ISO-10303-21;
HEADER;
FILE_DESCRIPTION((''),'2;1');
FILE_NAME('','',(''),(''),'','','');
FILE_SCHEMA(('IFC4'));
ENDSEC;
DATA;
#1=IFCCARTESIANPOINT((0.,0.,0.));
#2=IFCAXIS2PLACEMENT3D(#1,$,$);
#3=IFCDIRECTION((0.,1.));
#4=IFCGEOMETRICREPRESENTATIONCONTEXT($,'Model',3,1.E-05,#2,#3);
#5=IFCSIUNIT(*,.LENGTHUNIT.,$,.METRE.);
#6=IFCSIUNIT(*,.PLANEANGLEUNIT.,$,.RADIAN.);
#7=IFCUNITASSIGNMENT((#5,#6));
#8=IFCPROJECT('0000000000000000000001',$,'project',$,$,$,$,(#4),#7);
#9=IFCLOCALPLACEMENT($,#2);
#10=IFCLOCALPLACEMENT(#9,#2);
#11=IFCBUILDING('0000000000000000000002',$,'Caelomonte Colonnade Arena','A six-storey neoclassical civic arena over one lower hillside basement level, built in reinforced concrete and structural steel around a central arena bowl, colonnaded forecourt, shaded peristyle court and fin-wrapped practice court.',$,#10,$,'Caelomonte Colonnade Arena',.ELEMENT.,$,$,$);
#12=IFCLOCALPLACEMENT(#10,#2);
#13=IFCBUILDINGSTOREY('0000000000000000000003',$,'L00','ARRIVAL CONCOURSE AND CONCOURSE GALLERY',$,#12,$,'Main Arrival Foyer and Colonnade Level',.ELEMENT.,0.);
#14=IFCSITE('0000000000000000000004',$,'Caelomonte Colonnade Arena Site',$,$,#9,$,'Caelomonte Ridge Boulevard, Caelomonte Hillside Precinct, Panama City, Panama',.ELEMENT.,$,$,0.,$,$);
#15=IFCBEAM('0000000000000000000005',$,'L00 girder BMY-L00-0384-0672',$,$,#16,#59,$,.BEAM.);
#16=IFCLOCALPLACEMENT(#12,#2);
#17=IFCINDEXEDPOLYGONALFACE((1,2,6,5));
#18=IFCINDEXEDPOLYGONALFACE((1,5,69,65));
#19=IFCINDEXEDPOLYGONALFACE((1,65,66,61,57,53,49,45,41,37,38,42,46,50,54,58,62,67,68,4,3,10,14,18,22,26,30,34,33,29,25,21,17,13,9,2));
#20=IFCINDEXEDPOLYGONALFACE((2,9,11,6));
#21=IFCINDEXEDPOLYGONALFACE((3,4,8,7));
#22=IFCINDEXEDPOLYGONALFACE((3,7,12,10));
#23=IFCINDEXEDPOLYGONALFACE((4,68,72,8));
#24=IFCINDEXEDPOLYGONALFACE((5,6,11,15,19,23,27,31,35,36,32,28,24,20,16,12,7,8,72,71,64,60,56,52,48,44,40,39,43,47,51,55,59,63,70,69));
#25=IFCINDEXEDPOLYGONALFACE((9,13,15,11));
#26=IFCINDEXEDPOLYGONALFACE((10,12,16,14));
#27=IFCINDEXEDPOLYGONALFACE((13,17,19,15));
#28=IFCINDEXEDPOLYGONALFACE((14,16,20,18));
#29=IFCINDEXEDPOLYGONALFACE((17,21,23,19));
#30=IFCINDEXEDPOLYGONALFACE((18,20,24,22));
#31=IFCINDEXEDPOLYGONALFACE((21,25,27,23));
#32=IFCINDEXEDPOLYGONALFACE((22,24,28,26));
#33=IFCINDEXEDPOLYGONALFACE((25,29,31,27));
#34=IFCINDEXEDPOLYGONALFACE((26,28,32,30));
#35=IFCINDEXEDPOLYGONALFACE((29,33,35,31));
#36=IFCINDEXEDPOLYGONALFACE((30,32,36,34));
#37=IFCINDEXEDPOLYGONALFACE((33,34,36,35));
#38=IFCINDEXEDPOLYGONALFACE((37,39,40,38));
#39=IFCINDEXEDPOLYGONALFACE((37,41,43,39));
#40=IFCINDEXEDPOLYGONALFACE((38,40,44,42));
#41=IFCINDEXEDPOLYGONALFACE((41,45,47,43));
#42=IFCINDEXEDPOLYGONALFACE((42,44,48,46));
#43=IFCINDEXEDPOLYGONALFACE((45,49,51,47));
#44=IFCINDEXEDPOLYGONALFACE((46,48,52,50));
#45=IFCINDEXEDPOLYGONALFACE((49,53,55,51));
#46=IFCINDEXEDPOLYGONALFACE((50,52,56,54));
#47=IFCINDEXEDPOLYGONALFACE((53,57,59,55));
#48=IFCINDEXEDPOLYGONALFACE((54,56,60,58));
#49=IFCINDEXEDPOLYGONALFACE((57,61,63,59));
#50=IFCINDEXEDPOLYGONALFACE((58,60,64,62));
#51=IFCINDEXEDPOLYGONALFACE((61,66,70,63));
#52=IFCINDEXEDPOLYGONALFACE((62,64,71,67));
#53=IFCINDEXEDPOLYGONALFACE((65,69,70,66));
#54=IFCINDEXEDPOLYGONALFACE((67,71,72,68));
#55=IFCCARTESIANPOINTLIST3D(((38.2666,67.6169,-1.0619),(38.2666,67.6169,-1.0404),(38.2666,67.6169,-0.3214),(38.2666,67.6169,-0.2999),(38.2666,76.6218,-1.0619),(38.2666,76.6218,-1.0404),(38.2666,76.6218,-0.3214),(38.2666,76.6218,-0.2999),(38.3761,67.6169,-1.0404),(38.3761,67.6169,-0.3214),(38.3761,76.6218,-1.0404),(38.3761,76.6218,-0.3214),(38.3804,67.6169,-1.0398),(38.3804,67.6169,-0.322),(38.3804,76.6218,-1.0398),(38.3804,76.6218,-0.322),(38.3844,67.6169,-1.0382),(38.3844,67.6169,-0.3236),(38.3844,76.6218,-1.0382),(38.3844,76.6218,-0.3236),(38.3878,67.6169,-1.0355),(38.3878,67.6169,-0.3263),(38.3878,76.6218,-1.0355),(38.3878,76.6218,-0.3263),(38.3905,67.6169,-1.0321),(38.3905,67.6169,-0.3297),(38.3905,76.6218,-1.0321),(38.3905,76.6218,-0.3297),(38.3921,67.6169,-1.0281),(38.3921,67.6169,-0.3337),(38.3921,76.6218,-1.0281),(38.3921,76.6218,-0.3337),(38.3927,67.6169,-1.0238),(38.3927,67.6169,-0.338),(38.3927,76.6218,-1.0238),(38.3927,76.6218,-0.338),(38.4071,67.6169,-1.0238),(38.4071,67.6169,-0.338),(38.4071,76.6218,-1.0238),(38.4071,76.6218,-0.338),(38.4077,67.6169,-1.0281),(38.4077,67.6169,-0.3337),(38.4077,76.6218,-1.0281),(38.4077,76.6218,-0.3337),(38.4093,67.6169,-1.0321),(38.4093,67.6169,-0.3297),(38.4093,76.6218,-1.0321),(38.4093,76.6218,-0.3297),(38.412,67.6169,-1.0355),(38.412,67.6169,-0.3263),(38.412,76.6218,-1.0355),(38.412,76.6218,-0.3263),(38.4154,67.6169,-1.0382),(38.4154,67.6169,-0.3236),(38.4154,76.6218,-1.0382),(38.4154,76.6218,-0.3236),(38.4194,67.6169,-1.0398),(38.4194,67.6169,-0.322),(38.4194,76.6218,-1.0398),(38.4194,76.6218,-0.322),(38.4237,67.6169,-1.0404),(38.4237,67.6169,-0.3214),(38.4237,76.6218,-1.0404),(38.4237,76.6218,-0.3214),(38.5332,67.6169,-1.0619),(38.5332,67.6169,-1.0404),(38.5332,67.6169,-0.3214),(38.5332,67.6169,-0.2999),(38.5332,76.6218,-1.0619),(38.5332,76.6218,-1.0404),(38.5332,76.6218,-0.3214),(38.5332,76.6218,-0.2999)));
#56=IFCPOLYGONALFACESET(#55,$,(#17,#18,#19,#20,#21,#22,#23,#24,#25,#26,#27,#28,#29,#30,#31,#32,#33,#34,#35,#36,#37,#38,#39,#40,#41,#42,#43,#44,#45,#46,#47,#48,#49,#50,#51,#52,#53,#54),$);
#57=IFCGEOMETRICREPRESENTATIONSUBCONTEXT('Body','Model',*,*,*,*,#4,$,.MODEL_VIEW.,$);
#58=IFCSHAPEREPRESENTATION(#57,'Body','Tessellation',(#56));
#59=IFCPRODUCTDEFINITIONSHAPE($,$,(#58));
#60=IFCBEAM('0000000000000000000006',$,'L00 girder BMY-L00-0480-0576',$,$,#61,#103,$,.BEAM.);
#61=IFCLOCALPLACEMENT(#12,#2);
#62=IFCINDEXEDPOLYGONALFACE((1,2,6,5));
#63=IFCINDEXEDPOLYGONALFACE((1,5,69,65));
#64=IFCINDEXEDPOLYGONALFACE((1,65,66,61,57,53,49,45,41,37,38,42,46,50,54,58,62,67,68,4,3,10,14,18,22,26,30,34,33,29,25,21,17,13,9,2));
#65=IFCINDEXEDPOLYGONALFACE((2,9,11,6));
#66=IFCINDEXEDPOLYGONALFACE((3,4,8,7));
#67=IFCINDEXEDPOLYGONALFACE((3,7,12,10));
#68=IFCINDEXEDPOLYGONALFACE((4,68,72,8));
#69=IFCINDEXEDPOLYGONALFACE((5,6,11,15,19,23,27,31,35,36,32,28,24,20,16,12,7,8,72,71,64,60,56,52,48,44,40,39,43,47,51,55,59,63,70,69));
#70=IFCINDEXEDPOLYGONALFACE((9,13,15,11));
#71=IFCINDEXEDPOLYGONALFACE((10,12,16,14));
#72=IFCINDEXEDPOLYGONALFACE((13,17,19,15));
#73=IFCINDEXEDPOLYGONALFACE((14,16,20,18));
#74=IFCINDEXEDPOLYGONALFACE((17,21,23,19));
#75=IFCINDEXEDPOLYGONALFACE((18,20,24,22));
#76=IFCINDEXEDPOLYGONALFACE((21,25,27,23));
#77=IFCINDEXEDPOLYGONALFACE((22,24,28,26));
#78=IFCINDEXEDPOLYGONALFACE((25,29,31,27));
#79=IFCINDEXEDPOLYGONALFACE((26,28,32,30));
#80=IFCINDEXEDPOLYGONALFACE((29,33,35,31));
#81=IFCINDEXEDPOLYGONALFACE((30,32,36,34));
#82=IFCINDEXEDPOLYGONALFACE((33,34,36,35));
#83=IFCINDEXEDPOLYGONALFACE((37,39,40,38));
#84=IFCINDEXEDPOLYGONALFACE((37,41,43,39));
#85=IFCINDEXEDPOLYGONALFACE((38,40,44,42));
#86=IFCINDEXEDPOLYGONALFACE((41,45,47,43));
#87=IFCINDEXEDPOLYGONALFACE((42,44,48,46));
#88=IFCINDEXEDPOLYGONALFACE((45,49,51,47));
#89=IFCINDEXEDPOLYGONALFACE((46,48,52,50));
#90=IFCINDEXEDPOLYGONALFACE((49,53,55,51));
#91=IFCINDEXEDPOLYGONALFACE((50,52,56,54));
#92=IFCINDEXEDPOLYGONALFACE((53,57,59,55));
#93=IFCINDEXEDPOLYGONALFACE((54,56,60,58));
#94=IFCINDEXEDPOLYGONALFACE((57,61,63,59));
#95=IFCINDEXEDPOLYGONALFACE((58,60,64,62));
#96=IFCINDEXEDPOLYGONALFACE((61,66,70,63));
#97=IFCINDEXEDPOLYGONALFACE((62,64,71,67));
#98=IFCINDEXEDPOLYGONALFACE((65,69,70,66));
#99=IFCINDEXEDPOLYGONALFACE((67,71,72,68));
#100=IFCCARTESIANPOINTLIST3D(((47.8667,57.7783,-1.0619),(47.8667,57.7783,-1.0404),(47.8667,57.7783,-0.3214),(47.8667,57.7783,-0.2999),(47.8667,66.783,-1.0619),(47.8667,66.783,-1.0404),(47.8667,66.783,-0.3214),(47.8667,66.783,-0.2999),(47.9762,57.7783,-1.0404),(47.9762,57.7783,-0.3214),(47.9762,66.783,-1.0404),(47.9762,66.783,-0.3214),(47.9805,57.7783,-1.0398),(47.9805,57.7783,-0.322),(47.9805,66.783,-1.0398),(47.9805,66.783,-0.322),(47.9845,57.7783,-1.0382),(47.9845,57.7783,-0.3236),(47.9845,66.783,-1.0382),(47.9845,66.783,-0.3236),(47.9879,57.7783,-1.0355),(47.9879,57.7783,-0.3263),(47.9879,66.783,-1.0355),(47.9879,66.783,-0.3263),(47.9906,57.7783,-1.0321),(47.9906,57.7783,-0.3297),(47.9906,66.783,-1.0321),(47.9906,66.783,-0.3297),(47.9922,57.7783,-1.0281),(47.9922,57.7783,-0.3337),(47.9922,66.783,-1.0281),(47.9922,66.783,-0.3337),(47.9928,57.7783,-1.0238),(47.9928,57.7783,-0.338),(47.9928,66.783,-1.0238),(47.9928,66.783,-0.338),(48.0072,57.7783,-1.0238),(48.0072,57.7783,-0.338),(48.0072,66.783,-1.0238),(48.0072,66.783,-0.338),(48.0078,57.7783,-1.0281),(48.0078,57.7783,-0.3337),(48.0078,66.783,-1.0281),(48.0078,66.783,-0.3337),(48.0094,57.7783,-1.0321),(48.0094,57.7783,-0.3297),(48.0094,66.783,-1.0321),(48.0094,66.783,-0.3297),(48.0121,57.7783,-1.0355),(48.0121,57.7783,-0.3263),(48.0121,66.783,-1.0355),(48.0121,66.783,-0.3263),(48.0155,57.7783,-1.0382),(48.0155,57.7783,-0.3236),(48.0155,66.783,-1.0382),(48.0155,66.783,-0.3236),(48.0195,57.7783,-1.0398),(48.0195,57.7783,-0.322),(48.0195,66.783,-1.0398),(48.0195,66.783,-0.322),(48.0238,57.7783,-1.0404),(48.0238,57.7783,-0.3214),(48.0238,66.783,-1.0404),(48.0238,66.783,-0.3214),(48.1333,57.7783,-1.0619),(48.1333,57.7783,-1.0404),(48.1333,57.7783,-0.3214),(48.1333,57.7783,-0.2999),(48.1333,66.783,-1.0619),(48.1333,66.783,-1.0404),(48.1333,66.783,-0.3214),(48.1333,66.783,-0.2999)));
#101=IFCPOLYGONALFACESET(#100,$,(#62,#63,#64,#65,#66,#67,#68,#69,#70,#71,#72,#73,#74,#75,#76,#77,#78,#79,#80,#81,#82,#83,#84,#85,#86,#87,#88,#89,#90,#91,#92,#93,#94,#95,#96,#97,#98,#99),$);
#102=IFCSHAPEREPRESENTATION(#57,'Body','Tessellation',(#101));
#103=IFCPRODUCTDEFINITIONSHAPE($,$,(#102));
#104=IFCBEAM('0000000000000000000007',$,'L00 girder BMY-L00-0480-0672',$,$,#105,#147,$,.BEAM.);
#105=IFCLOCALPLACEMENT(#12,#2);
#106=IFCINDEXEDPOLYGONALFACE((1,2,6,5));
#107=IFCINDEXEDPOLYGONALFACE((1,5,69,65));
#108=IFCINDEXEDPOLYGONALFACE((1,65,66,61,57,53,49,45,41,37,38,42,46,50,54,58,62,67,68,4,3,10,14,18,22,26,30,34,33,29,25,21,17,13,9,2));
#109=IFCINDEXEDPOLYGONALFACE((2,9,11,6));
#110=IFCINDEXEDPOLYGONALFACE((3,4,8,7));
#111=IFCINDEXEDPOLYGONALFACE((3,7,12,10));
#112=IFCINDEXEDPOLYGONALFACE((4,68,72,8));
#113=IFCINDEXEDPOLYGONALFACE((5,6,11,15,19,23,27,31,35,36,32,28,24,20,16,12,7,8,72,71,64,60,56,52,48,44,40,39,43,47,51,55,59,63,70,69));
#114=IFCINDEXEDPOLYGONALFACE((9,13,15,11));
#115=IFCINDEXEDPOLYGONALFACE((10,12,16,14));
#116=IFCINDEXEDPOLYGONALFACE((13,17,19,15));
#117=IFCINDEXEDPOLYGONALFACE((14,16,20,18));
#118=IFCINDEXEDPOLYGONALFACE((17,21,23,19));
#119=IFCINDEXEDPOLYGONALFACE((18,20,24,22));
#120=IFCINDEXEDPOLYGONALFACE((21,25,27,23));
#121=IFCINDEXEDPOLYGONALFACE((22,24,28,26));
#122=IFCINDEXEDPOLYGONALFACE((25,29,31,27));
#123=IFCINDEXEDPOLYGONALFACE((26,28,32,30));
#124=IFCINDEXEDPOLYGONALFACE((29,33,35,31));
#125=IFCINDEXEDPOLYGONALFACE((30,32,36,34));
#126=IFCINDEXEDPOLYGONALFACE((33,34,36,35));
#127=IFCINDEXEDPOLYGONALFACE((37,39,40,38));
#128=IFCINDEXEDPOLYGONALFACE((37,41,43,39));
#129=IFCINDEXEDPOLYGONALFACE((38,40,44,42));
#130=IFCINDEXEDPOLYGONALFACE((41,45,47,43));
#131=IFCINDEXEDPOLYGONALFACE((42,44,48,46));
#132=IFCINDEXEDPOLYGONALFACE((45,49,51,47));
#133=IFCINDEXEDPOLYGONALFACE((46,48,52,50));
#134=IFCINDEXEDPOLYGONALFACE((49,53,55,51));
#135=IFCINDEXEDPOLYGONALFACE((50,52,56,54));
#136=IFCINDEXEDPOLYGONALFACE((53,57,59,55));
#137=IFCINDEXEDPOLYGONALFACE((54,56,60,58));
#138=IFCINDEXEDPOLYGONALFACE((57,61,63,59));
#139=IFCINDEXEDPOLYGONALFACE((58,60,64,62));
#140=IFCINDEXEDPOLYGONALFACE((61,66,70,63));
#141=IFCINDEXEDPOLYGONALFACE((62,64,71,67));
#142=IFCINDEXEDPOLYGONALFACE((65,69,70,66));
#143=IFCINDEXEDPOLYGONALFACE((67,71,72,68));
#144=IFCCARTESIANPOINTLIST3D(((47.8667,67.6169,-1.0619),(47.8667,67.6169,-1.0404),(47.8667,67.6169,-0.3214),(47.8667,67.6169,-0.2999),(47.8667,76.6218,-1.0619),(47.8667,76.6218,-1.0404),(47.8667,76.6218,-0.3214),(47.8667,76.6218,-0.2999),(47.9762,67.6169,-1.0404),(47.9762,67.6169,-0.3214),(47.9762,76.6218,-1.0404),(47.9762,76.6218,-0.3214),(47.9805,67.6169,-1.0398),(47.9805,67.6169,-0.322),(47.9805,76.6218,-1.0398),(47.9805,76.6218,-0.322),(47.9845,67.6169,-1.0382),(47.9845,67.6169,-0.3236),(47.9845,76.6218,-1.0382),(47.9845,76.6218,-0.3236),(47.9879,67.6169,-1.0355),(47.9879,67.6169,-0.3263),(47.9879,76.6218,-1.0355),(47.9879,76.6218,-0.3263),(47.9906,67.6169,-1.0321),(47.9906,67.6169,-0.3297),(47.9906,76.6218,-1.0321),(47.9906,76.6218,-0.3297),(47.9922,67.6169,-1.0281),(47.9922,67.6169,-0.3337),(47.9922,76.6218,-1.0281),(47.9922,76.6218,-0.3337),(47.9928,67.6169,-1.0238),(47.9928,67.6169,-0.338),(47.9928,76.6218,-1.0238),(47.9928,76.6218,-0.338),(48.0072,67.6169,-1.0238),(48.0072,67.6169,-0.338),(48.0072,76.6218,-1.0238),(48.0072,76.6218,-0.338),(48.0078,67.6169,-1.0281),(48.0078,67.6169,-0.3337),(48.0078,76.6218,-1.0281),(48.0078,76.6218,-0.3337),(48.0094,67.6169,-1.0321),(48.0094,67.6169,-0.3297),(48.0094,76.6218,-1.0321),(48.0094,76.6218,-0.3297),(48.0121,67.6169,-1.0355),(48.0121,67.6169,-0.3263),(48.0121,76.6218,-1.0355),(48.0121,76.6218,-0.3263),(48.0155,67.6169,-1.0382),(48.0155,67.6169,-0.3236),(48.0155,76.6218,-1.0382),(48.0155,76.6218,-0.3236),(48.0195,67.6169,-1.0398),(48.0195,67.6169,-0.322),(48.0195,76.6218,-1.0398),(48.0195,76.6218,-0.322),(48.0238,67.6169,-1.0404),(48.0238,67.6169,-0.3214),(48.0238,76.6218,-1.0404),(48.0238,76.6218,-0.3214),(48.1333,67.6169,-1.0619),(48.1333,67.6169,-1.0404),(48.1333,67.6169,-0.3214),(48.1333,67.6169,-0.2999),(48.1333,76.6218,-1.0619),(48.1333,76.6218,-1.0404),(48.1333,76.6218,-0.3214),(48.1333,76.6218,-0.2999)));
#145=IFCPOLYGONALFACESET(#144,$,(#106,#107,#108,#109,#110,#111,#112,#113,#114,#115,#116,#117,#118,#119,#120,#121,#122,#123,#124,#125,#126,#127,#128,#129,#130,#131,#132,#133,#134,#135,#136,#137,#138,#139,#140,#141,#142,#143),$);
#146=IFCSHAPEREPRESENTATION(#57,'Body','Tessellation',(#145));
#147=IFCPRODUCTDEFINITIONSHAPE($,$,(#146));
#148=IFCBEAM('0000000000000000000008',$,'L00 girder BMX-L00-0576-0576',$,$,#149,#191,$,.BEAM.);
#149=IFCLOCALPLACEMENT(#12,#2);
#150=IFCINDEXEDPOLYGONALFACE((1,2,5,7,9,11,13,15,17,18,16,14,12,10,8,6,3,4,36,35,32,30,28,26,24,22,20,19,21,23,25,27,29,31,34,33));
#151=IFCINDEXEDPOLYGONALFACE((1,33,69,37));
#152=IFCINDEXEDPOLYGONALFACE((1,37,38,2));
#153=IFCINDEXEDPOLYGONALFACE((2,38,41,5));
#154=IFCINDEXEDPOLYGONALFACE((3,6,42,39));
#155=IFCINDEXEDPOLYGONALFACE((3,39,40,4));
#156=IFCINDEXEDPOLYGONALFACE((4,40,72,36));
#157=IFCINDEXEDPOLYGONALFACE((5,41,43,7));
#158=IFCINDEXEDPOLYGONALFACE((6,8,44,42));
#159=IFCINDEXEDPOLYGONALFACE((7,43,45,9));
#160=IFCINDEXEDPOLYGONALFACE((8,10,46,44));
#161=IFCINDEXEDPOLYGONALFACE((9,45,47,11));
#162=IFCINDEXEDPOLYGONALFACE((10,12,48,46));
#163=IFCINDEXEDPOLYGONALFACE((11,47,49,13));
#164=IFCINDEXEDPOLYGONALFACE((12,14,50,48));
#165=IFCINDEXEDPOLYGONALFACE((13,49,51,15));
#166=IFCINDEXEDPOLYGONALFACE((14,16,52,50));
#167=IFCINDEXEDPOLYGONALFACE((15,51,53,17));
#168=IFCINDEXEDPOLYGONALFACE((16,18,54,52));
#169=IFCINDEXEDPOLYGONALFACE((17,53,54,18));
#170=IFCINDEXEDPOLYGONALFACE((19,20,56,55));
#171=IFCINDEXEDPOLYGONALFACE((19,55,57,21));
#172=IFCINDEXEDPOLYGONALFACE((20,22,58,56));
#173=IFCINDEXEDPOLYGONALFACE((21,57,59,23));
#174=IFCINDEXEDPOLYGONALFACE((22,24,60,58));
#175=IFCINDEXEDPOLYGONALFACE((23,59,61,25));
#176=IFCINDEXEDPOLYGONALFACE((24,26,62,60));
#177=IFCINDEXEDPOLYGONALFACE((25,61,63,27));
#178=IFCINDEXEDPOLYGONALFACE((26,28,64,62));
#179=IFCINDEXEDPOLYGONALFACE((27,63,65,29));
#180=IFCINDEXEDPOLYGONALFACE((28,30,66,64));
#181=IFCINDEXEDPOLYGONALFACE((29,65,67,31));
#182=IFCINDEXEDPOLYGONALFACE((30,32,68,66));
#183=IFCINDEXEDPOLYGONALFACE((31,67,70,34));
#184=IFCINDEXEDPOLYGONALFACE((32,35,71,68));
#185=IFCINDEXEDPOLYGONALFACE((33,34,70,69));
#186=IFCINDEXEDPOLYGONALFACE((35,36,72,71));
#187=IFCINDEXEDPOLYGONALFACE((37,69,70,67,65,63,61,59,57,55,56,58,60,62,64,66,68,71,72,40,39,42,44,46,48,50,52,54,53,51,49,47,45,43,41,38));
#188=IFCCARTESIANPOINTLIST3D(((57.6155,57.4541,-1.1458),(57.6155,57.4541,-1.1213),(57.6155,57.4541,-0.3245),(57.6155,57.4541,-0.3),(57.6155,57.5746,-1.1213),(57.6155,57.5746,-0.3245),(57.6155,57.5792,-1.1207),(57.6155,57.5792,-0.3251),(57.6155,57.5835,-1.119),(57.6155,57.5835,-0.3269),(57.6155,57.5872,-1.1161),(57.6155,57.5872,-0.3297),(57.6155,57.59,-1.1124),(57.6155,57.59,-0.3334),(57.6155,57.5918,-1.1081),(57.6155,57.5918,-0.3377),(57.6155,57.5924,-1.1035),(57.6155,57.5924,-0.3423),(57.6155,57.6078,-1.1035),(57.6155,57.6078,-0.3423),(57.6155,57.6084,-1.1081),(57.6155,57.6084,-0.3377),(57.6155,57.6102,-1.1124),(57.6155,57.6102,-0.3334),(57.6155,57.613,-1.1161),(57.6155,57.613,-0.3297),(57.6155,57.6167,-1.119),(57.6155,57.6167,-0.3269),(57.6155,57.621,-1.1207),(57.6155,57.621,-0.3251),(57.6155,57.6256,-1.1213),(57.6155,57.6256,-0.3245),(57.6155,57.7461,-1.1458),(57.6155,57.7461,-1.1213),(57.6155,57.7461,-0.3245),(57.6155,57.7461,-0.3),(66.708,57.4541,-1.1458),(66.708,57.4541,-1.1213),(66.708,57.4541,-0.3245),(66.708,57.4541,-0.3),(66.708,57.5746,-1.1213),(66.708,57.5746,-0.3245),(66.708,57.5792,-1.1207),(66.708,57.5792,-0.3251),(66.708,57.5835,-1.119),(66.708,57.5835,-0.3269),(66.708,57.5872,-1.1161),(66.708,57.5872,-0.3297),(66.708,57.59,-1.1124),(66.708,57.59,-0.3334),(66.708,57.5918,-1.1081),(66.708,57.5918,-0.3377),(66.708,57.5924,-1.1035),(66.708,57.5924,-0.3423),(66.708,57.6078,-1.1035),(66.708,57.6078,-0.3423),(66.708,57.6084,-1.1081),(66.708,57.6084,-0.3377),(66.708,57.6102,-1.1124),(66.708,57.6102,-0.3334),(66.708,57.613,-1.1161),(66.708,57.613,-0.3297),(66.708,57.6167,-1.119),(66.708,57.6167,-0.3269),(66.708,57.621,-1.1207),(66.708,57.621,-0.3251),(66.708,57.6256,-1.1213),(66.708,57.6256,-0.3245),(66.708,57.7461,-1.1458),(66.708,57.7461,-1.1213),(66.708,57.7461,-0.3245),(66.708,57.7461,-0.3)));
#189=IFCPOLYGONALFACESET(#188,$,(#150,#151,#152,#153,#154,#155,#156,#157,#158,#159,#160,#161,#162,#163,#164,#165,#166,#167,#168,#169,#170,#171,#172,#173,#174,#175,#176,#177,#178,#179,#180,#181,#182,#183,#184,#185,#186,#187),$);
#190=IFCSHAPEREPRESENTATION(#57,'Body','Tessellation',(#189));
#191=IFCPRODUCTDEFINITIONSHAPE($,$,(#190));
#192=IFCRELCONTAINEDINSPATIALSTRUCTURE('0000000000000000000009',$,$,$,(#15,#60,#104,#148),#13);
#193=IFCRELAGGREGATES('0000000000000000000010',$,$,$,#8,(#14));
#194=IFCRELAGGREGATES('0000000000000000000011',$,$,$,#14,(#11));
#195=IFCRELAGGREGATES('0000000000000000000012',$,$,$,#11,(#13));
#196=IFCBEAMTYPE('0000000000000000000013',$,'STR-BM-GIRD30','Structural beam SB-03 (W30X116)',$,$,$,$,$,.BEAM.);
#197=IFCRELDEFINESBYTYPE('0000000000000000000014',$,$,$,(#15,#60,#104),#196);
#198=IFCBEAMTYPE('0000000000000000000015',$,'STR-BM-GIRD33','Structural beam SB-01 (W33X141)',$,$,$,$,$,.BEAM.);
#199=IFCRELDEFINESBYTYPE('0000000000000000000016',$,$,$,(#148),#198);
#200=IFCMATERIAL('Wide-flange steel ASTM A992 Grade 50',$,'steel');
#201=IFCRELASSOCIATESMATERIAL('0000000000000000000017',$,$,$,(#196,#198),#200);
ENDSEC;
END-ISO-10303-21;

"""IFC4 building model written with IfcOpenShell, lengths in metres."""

from ifc_helpers import new_model, si_unit, direction, frame, origin, origin_2d, place, context, subcontext, project, spatial, i_section, extrude, material, material_profile, profile_set, type_object, element, save


model = new_model("IFC4")

# Units and contexts
model_context = context("Model", 3, precision=1e-05, world=origin(), true_north=direction((0.0, 1.0)))
body_context = subcontext(model_context, "Body", "Model", "MODEL_VIEW")
ifc_project = project(units=[si_unit("LENGTHUNIT", "METRE"), si_unit("PLANEANGLEUNIT", "RADIAN")], contexts=[model_context])

# Site, building, storey
site_placement = place(None, origin())
site = spatial("IfcSite", under=ifc_project, at=site_placement, Name="Caelomonte Colonnade Arena Site", LongName="Caelomonte Ridge Boulevard, Caelomonte Hillside Precinct, Panama City, Panama", CompositionType="ELEMENT", RefElevation=0.0)
building_placement = place(site_placement, origin())
building = spatial("IfcBuilding", under=site, at=building_placement, Name="Caelomonte Colonnade Arena", Description="A six-storey neoclassical civic arena over one lower hillside basement level, built in reinforced concrete and structural steel around a central arena bowl, colonnaded forecourt, shaded peristyle court and fin-wrapped practice court.", LongName="Caelomonte Colonnade Arena", CompositionType="ELEMENT")
storey_placement = place(building_placement, origin())
storey = spatial("IfcBuildingStorey", under=building, at=storey_placement, Name="L00", Description="ARRIVAL CONCOURSE AND CONCOURSE GALLERY", LongName="Main Arrival Foyer and Colonnade Level", CompositionType="ELEMENT", Elevation=0.0)

# Shared definitions
ifc_material_1 = material(Name="Wide-flange steel ASTM A992 Grade 50", Category="steel")

# Beams
ifc_material_profile_1 = material_profile(ifc_material_1, i_section(OverallWidth=0.2666, OverallDepth=0.762, WebThickness=0.0144, FlangeThickness=0.0215, FilletRadius=0.0166, at=origin_2d()), Name="W30X116")
ifc_profile_set_1 = profile_set([ifc_material_profile_1], Name="Wide-flange steel ASTM A992 Grade 50")
beam_type_1 = type_object("IfcBeamType", Name="STR-BM-GIRD30", Description="Structural beam SB-03 (W30X116)", PredefinedType="BEAM", material=ifc_profile_set_1)
beam_1_placement = place(storey_placement, frame((38.3999, 67.6169, -0.6809), z_axis=(0.0, 1.0, 0.0), x_axis=(-1.0, 0.0, 0.0)))
element("IfcBeam", 1, at=beam_1_placement, inside=storey, type_object=beam_type_1, Name="L00 girder BMY-L00-0384-0672", PredefinedType="BEAM", context=body_context, shape_type="SweptSolid", body=[
    extrude(i_section(OverallWidth=0.2666, OverallDepth=0.762, WebThickness=0.0144, FlangeThickness=0.0215, FilletRadius=0.0166, at=origin_2d()), origin(), (0.0, 0.0, 1.0), 9.0049),
])
beam_2_placement = place(storey_placement, frame((48.0, 57.7783, -0.6809), z_axis=(0.0, 1.0, 0.0), x_axis=(-1.0, 0.0, 0.0)))
element("IfcBeam", 2, at=beam_2_placement, inside=storey, type_object=beam_type_1, Name="L00 girder BMY-L00-0480-0576", PredefinedType="BEAM", context=body_context, shape_type="SweptSolid", body=[
    extrude(i_section(OverallWidth=0.2666, OverallDepth=0.762, WebThickness=0.0144, FlangeThickness=0.0215, FilletRadius=0.0166, at=origin_2d()), origin(), (0.0, 0.0, 1.0), 9.0046),
])
beam_3_placement = place(storey_placement, frame((48.0, 67.6169, -0.6809), z_axis=(0.0, 1.0, 0.0), x_axis=(-1.0, 0.0, 0.0)))
element("IfcBeam", 3, at=beam_3_placement, inside=storey, type_object=beam_type_1, Name="L00 girder BMY-L00-0480-0672", PredefinedType="BEAM", context=body_context, shape_type="SweptSolid", body=[
    extrude(i_section(OverallWidth=0.2666, OverallDepth=0.762, WebThickness=0.0144, FlangeThickness=0.0215, FilletRadius=0.0166, at=origin_2d()), origin(), (0.0, 0.0, 1.0), 9.0049),
])
ifc_material_profile_2 = material_profile(ifc_material_1, i_section(OverallWidth=0.292, OverallDepth=0.8457, WebThickness=0.0154, FlangeThickness=0.0244, FilletRadius=0.0178, at=origin_2d()), Name="W33X141")
ifc_profile_set_2 = profile_set([ifc_material_profile_2], Name="Wide-flange steel ASTM A992 Grade 50")
beam_type_2 = type_object("IfcBeamType", Name="STR-BM-GIRD33", Description="Structural beam SB-01 (W33X141)", PredefinedType="BEAM", material=ifc_profile_set_2)
for number, where, z_axis, x_axis, name in (
    (4, (57.6155, 57.6001, -0.7229), (1.0, 0.0, 0.0), (0.0, 1.0, 0.0), "L00 girder BMX-L00-0576-0576"),
):
    element("IfcBeam", number, at=place(storey_placement, frame(where, z_axis=z_axis, x_axis=x_axis)), inside=storey, type_object=beam_type_2, Name=name, PredefinedType="BEAM", context=body_context, shape_type="SweptSolid", body=[
        extrude(i_section(OverallWidth=0.292, OverallDepth=0.8457, WebThickness=0.0154, FlangeThickness=0.0244, FilletRadius=0.0178, at=origin_2d()), origin(), (0.0, 0.0, 1.0), 9.0925),
    ])

save(model, "model.ifc")
